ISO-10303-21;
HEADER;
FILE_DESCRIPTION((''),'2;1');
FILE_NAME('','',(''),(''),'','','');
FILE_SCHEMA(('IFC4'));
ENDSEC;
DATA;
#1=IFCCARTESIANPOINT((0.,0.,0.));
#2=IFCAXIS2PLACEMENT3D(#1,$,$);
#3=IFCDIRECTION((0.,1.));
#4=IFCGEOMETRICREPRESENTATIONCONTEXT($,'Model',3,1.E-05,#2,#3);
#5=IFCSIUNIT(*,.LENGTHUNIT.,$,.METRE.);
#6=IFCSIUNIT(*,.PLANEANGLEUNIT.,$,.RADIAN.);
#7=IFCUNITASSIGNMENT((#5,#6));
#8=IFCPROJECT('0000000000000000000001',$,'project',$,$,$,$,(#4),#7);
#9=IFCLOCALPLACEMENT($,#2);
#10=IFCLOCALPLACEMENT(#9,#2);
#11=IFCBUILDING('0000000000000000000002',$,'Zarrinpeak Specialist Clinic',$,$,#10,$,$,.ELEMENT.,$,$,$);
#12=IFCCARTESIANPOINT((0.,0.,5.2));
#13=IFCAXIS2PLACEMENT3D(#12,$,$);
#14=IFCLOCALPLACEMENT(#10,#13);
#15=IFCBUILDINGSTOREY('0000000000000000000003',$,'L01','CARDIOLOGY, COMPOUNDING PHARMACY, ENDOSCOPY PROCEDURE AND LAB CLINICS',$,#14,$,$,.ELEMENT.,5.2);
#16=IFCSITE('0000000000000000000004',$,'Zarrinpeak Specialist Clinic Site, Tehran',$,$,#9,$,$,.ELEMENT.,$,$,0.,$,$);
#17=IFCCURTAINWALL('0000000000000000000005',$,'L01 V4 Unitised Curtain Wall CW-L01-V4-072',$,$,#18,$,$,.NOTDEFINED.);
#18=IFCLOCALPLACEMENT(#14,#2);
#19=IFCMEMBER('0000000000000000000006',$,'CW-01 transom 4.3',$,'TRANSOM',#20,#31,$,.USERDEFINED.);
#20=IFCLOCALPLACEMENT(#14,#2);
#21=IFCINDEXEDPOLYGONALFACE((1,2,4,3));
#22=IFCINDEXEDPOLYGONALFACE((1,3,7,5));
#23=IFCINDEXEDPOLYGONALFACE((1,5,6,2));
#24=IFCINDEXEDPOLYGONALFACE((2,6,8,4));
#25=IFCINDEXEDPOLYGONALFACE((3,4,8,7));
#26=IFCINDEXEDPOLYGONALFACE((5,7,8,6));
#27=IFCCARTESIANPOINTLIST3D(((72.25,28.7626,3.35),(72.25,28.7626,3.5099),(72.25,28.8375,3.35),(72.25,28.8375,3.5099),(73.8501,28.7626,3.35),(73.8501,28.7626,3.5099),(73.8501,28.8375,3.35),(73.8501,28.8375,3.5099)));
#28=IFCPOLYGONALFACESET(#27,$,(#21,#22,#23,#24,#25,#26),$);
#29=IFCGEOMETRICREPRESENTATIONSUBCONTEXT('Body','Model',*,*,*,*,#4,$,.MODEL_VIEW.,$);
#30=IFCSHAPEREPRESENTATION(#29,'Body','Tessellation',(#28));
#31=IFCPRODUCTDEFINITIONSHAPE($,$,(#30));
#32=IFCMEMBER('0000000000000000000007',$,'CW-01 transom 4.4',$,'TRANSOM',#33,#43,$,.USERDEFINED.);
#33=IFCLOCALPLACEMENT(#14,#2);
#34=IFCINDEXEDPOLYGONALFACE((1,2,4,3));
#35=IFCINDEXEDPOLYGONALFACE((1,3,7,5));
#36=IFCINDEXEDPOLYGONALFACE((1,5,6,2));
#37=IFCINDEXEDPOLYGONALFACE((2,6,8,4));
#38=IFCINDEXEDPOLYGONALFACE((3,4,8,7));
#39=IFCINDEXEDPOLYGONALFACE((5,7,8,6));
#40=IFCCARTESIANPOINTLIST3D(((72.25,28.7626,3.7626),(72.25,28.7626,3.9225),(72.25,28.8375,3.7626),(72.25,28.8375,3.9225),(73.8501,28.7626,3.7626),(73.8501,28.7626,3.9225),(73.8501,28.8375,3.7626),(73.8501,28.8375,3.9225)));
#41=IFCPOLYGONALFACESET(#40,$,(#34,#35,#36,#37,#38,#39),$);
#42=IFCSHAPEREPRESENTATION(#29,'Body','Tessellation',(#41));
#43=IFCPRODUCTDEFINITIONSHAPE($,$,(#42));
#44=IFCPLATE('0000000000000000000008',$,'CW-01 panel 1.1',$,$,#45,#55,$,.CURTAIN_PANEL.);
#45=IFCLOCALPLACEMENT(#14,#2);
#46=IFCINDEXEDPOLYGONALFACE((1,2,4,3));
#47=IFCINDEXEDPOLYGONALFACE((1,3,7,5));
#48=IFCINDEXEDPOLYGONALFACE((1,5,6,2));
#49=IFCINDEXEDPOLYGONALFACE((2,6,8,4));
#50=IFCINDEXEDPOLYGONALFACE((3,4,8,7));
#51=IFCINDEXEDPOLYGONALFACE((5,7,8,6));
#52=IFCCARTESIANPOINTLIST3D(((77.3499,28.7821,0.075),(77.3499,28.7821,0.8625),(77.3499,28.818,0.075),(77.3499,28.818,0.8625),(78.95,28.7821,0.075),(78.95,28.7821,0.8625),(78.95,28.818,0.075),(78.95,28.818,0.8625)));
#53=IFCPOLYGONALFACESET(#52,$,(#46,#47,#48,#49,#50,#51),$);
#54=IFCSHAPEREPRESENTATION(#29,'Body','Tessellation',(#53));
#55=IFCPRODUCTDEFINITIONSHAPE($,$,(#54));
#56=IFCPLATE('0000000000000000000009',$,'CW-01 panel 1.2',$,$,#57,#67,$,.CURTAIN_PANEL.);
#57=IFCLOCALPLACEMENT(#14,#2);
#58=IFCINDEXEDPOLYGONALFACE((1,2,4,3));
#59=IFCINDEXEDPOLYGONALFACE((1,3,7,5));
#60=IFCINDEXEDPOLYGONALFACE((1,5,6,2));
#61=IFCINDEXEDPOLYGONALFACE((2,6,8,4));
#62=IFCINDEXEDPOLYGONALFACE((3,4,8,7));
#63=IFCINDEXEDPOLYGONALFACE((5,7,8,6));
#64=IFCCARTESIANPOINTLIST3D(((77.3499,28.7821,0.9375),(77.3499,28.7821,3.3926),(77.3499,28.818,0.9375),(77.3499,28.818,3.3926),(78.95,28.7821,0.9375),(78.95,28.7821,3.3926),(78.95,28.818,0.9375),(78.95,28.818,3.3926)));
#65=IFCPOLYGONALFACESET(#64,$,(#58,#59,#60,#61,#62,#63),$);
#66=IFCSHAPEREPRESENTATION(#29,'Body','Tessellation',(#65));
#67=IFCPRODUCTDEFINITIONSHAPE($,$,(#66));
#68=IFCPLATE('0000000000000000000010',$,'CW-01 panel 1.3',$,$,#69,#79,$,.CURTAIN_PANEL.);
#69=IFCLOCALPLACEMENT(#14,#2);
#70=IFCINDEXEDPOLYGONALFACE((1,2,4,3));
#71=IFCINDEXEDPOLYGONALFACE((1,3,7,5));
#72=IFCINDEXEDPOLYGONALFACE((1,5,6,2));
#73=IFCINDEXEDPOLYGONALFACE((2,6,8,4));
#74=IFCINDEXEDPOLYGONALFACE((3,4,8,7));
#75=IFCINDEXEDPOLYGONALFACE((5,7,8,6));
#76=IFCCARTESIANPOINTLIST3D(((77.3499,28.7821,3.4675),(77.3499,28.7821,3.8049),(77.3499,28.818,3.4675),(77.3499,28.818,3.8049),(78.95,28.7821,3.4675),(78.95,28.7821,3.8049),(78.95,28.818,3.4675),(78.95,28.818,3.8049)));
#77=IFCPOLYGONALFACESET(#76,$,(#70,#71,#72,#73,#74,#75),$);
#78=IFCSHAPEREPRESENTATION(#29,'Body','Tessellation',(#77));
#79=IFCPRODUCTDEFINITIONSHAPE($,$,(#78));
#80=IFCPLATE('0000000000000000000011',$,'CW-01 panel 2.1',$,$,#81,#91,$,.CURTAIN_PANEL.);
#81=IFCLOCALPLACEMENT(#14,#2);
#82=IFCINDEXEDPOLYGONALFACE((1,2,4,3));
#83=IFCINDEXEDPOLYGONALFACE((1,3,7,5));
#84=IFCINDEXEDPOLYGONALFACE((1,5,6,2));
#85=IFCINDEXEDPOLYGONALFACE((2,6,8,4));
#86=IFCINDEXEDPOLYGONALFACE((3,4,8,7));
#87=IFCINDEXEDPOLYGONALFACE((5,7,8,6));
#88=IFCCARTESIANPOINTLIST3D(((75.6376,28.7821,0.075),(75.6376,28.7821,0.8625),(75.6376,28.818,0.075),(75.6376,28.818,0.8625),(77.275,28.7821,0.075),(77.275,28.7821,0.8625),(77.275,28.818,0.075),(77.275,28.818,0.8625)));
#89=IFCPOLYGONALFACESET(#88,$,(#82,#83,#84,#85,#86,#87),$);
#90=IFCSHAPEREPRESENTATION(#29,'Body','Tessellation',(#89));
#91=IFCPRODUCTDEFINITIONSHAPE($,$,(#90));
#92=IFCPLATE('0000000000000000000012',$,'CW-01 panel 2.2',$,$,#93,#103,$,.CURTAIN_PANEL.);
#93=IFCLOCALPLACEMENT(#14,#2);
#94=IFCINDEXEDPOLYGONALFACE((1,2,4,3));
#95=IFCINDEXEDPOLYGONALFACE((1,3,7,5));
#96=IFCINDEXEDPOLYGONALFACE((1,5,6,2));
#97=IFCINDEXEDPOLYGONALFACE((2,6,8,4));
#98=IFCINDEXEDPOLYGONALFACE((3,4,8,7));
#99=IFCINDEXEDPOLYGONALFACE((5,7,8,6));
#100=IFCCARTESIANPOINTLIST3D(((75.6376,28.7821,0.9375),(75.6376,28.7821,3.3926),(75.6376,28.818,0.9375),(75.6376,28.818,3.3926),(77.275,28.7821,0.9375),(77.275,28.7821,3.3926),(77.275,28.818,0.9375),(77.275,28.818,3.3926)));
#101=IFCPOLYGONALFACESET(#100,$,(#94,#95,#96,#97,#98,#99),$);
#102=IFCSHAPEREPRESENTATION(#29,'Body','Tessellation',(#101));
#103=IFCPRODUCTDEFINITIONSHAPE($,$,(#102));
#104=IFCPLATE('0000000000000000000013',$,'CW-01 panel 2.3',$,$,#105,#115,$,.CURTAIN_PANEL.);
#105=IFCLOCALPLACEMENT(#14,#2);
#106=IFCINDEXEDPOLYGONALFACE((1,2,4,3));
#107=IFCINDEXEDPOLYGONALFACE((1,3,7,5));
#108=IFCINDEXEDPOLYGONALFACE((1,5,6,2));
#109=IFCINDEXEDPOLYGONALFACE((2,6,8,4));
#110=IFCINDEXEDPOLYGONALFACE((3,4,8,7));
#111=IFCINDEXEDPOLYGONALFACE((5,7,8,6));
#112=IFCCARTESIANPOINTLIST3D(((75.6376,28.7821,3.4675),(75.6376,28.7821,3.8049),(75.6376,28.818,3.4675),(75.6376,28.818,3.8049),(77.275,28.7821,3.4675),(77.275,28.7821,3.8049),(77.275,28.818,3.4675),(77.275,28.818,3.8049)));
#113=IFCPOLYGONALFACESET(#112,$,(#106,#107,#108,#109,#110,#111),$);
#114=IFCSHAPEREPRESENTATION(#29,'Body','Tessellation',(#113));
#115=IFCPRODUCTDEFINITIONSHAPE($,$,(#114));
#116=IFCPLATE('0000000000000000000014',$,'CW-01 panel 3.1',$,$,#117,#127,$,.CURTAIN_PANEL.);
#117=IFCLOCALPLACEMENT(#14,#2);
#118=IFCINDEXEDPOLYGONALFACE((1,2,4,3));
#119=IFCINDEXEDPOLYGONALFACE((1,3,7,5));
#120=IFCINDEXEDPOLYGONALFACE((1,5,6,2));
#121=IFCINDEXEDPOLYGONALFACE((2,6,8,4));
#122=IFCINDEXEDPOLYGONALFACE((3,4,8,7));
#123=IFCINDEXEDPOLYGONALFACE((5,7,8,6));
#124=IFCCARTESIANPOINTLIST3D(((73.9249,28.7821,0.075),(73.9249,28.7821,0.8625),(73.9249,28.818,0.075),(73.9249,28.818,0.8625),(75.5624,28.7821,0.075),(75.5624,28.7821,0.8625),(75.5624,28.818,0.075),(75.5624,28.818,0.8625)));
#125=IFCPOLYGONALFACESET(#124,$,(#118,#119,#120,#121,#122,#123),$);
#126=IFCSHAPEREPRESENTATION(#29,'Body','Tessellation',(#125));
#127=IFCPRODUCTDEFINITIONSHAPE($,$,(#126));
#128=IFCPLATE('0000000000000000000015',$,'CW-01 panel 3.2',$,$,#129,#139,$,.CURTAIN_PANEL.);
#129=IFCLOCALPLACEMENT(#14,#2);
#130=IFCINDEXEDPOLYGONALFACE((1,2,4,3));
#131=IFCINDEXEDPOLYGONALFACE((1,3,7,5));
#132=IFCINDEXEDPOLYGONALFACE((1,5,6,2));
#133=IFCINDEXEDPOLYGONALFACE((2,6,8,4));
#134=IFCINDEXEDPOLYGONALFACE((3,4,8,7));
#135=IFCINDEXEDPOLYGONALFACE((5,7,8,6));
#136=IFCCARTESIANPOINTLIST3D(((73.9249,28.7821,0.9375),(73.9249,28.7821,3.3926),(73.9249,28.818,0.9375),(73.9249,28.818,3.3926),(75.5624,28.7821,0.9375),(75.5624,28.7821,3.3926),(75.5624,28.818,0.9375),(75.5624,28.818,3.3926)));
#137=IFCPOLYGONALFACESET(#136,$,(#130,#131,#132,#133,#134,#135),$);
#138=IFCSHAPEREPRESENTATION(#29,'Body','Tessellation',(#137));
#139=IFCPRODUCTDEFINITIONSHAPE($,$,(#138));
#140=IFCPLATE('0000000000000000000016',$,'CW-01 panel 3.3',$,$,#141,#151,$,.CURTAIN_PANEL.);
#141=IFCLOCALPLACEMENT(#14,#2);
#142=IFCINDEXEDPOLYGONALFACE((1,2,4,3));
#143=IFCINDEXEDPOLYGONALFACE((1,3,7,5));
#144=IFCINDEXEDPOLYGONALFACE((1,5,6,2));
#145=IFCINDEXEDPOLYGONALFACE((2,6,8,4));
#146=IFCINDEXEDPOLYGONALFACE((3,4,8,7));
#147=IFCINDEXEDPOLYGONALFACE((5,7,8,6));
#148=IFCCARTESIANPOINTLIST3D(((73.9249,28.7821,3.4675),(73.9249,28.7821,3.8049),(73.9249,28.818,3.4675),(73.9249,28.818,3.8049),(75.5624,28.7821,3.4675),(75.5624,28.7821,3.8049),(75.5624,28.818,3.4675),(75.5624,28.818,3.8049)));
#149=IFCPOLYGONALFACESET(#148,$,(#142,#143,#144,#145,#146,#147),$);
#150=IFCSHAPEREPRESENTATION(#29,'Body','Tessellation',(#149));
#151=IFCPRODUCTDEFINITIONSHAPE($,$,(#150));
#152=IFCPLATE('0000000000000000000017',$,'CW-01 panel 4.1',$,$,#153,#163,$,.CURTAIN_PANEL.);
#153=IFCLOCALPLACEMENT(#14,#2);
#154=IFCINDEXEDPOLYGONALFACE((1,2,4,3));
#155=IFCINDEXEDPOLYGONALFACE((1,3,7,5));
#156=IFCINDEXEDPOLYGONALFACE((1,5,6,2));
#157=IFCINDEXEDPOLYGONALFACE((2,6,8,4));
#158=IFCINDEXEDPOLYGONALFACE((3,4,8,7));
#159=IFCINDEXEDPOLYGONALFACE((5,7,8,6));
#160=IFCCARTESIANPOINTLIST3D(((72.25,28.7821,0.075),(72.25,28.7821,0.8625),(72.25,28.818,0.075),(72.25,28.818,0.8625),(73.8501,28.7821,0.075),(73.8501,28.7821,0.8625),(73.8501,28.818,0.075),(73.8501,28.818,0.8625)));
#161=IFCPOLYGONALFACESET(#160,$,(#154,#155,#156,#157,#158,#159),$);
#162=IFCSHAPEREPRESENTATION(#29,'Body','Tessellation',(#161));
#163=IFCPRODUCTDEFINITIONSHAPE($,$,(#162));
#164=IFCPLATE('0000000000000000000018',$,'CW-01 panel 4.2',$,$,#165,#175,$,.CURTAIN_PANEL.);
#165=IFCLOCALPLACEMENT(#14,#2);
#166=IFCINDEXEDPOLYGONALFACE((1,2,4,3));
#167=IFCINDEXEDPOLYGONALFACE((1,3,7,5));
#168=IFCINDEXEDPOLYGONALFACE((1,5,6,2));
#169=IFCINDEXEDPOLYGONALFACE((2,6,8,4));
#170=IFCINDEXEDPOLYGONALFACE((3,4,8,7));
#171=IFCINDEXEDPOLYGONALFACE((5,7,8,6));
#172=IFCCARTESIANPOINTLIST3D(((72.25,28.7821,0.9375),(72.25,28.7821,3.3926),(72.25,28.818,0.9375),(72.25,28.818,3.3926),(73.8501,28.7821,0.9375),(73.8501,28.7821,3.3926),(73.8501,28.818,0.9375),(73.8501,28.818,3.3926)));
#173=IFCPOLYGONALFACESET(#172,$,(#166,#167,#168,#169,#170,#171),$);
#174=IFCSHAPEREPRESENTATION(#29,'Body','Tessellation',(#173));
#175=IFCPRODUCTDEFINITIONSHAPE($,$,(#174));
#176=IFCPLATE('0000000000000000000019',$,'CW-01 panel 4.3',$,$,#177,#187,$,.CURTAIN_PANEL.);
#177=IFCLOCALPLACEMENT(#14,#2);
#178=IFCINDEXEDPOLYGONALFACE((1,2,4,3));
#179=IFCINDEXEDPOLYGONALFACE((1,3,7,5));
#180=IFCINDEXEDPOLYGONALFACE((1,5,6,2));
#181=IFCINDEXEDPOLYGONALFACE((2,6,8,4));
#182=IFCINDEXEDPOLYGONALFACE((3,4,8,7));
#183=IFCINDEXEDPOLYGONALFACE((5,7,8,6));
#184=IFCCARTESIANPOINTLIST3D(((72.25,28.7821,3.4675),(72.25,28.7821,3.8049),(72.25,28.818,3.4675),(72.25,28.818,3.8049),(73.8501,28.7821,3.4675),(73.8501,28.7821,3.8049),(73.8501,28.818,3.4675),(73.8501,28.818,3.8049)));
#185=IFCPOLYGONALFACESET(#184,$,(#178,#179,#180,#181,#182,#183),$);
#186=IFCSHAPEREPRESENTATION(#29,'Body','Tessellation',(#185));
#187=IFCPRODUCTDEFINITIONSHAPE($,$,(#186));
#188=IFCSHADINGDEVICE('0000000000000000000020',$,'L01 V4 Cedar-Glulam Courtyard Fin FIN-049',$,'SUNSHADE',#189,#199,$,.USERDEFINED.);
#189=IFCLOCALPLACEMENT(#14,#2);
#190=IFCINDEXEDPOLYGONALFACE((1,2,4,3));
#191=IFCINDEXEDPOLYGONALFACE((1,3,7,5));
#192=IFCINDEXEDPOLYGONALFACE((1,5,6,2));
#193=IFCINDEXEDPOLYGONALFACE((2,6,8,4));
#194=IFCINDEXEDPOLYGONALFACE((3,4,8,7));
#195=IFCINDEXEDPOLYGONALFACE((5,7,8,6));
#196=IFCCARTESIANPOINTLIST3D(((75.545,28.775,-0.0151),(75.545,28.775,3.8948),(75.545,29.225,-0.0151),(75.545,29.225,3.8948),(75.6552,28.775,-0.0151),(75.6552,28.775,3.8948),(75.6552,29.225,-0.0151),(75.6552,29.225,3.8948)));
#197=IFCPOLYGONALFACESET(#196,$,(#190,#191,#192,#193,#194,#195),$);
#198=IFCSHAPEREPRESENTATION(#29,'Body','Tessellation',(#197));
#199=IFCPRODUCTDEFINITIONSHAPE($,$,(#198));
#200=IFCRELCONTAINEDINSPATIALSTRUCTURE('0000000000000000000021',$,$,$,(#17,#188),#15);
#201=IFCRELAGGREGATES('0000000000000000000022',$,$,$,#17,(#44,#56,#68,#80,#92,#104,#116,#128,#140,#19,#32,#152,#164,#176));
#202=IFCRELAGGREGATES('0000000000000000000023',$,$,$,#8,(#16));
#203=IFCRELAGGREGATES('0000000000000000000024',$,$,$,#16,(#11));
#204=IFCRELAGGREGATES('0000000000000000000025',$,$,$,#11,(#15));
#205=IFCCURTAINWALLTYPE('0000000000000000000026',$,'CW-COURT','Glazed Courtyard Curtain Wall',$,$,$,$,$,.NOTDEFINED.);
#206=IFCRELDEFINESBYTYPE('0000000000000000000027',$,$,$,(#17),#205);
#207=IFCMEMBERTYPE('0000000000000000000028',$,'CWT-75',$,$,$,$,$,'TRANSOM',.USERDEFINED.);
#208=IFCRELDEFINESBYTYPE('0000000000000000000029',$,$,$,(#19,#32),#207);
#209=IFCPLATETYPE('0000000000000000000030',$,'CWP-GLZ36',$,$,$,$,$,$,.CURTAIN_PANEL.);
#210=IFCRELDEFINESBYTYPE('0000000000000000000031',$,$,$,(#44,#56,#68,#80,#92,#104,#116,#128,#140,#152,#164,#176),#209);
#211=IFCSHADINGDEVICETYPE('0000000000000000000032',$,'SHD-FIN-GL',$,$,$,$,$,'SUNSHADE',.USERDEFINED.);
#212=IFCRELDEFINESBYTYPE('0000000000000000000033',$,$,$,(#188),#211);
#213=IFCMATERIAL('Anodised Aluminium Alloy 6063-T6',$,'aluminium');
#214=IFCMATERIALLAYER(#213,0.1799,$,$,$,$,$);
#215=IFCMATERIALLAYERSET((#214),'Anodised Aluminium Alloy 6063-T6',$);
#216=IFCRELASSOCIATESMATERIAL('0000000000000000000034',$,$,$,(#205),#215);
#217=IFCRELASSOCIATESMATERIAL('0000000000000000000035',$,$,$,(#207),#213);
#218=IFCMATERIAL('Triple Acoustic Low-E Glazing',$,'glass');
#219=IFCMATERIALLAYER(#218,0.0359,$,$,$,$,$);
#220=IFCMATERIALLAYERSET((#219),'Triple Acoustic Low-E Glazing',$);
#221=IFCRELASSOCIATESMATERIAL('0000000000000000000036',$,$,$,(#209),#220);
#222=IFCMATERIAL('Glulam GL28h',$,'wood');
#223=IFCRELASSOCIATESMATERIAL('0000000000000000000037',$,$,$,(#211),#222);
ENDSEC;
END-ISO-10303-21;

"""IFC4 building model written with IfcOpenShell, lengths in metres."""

from ifc_helpers import new_model, si_unit, direction, frame, origin, origin_2d, place, context, subcontext, project, spatial, rectangle, extrude, material, layer, layer_set, material_profile, profile_set, type_object, element, aggregate, save


model = new_model("IFC4")

# Units and contexts
model_context = context("Model", 3, precision=1e-05, world=origin(), true_north=direction((0.0, 1.0)))
body_context = subcontext(model_context, "Body", "Model", "MODEL_VIEW")
ifc_project = project(units=[si_unit("LENGTHUNIT", "METRE"), si_unit("PLANEANGLEUNIT", "RADIAN")], contexts=[model_context])

# Site, building, storey
site_placement = place(None, origin())
site = spatial("IfcSite", under=ifc_project, at=site_placement, Name="Zarrinpeak Specialist Clinic Site, Tehran", CompositionType="ELEMENT", RefElevation=0.0)
building_placement = place(site_placement, origin())
building = spatial("IfcBuilding", under=site, at=building_placement, Name="Zarrinpeak Specialist Clinic", CompositionType="ELEMENT")
storey_placement = place(building_placement, frame((0.0, 0.0, 5.2)))
storey = spatial("IfcBuildingStorey", under=building, at=storey_placement, Name="L01", Description="CARDIOLOGY, COMPOUNDING PHARMACY, ENDOSCOPY PROCEDURE AND LAB CLINICS", CompositionType="ELEMENT", Elevation=5.2)

# Curtain wall, members, plates
ifc_material_1 = material(Name="Anodised Aluminium Alloy 6063-T6", Category="aluminium")
ifc_layer_1 = layer(ifc_material_1, 0.1799)
ifc_layer_set_1 = layer_set([ifc_layer_1], Name="Anodised Aluminium Alloy 6063-T6")
curtain_wall_type = type_object("IfcCurtainWallType", Name="CW-COURT", Description="Glazed Courtyard Curtain Wall", PredefinedType="NOTDEFINED", material=ifc_layer_set_1)
curtain_wall_placement = place(storey_placement, origin())
curtain_wall = element("IfcCurtainWall", 1, at=curtain_wall_placement, inside=storey, type_object=curtain_wall_type, Name="L01 V4 Unitised Curtain Wall CW-L01-V4-072", PredefinedType="NOTDEFINED")
ifc_material_profile_1 = material_profile(ifc_material_1, rectangle(XDim=0.075, YDim=0.1599, at=origin_2d()), Name="ALU 75x160")
ifc_profile_set_1 = profile_set([ifc_material_profile_1], Name="Anodised Aluminium Alloy 6063-T6")
member_type_1 = type_object("IfcMemberType", Name="CWT-75", ElementType="TRANSOM", PredefinedType="USERDEFINED", material=ifc_profile_set_1)
member_1_placement = place(storey_placement, frame((73.8501, 28.8, 3.4299), z_axis=(-1.0, 0.0, 0.0), x_axis=(0.0, -1.0, 0.0)))
member_1 = element("IfcMember", 2, at=member_1_placement, type_object=member_type_1, Name="CW-01 transom 4.3", ObjectType="TRANSOM", PredefinedType="USERDEFINED", context=body_context, shape_type="SweptSolid", body=[
    extrude(rectangle(XDim=0.075, YDim=0.1599, at=origin_2d()), origin(), (0.0, 0.0, 1.0), 1.6001),
])
member_2_placement = place(storey_placement, frame((73.8501, 28.8, 3.8425), z_axis=(-1.0, 0.0, 0.0), x_axis=(0.0, -1.0, 0.0)))
member_2 = element("IfcMember", 3, at=member_2_placement, type_object=member_type_1, Name="CW-01 transom 4.4", ObjectType="TRANSOM", PredefinedType="USERDEFINED", context=body_context, shape_type="SweptSolid", body=[
    extrude(rectangle(XDim=0.075, YDim=0.1599, at=origin_2d()), origin(), (0.0, 0.0, 1.0), 1.6001),
])
ifc_material_2 = material(Name="Triple Acoustic Low-E Glazing", Category="glass")
ifc_layer_2 = layer(ifc_material_2, 0.0359)
ifc_layer_set_2 = layer_set([ifc_layer_2], Name="Triple Acoustic Low-E Glazing")
plate_type = type_object("IfcPlateType", Name="CWP-GLZ36", PredefinedType="CURTAIN_PANEL", material=ifc_layer_set_2)
plate_1_placement = place(storey_placement, frame((78.1499, 28.8, 0.075), z_axis=(0.0, 0.0, 1.0), x_axis=(-1.0, 0.0, 0.0)))
plate_1 = element("IfcPlate", 4, at=plate_1_placement, type_object=plate_type, Name="CW-01 panel 1.1", PredefinedType="CURTAIN_PANEL", context=body_context, shape_type="SweptSolid", body=[
    extrude(rectangle(XDim=1.6001, YDim=0.0359, at=origin_2d()), origin(), (0.0, 0.0, 1.0), 0.7876),
])
plate_2_placement = place(storey_placement, frame((78.1499, 28.8, 0.9375), z_axis=(0.0, 0.0, 1.0), x_axis=(-1.0, 0.0, 0.0)))
plate_2 = element("IfcPlate", 5, at=plate_2_placement, type_object=plate_type, Name="CW-01 panel 1.2", PredefinedType="CURTAIN_PANEL", context=body_context, shape_type="SweptSolid", body=[
    extrude(rectangle(XDim=1.6001, YDim=0.0359, at=origin_2d()), origin(), (0.0, 0.0, 1.0), 2.4551),
])
plate_3_placement = place(storey_placement, frame((78.1499, 28.8, 3.4675), z_axis=(0.0, 0.0, 1.0), x_axis=(-1.0, 0.0, 0.0)))
plate_3 = element("IfcPlate", 6, at=plate_3_placement, type_object=plate_type, Name="CW-01 panel 1.3", PredefinedType="CURTAIN_PANEL", context=body_context, shape_type="SweptSolid", body=[
    extrude(rectangle(XDim=1.6001, YDim=0.0359, at=origin_2d()), origin(), (0.0, 0.0, 1.0), 0.3374),
])
plate_4_placement = place(storey_placement, frame((76.4563, 28.8, 0.075), z_axis=(0.0, 0.0, 1.0), x_axis=(-1.0, 0.0, 0.0)))
plate_4 = element("IfcPlate", 7, at=plate_4_placement, type_object=plate_type, Name="CW-01 panel 2.1", PredefinedType="CURTAIN_PANEL", context=body_context, shape_type="SweptSolid", body=[
    extrude(rectangle(XDim=1.6375, YDim=0.0359, at=origin_2d()), origin(), (0.0, 0.0, 1.0), 0.7876),
])
plate_5_placement = place(storey_placement, frame((76.4563, 28.8, 0.9375), z_axis=(0.0, 0.0, 1.0), x_axis=(-1.0, 0.0, 0.0)))
plate_5 = element("IfcPlate", 8, at=plate_5_placement, type_object=plate_type, Name="CW-01 panel 2.2", PredefinedType="CURTAIN_PANEL", context=body_context, shape_type="SweptSolid", body=[
    extrude(rectangle(XDim=1.6375, YDim=0.0359, at=origin_2d()), origin(), (0.0, 0.0, 1.0), 2.4551),
])
plate_6_placement = place(storey_placement, frame((76.4563, 28.8, 3.4675), z_axis=(0.0, 0.0, 1.0), x_axis=(-1.0, 0.0, 0.0)))
plate_6 = element("IfcPlate", 9, at=plate_6_placement, type_object=plate_type, Name="CW-01 panel 2.3", PredefinedType="CURTAIN_PANEL", context=body_context, shape_type="SweptSolid", body=[
    extrude(rectangle(XDim=1.6375, YDim=0.0359, at=origin_2d()), origin(), (0.0, 0.0, 1.0), 0.3374),
])
plate_7_placement = place(storey_placement, frame((74.7437, 28.8, 0.075), z_axis=(0.0, 0.0, 1.0), x_axis=(-1.0, 0.0, 0.0)))
plate_7 = element("IfcPlate", 10, at=plate_7_placement, type_object=plate_type, Name="CW-01 panel 3.1", PredefinedType="CURTAIN_PANEL", context=body_context, shape_type="SweptSolid", body=[
    extrude(rectangle(XDim=1.6375, YDim=0.0359, at=origin_2d()), origin(), (0.0, 0.0, 1.0), 0.7876),
])
plate_8_placement = place(storey_placement, frame((74.7437, 28.8, 0.9375), z_axis=(0.0, 0.0, 1.0), x_axis=(-1.0, 0.0, 0.0)))
plate_8 = element("IfcPlate", 11, at=plate_8_placement, type_object=plate_type, Name="CW-01 panel 3.2", PredefinedType="CURTAIN_PANEL", context=body_context, shape_type="SweptSolid", body=[
    extrude(rectangle(XDim=1.6375, YDim=0.0359, at=origin_2d()), origin(), (0.0, 0.0, 1.0), 2.4551),
])
plate_9_placement = place(storey_placement, frame((74.7437, 28.8, 3.4675), z_axis=(0.0, 0.0, 1.0), x_axis=(-1.0, 0.0, 0.0)))
plate_9 = element("IfcPlate", 12, at=plate_9_placement, type_object=plate_type, Name="CW-01 panel 3.3", PredefinedType="CURTAIN_PANEL", context=body_context, shape_type="SweptSolid", body=[
    extrude(rectangle(XDim=1.6375, YDim=0.0359, at=origin_2d()), origin(), (0.0, 0.0, 1.0), 0.3374),
])
plate_10_placement = place(storey_placement, frame((73.05, 28.8, 0.075), z_axis=(0.0, 0.0, 1.0), x_axis=(-1.0, 0.0, 0.0)))
plate_10 = element("IfcPlate", 13, at=plate_10_placement, type_object=plate_type, Name="CW-01 panel 4.1", PredefinedType="CURTAIN_PANEL", context=body_context, shape_type="SweptSolid", body=[
    extrude(rectangle(XDim=1.6001, YDim=0.0359, at=origin_2d()), origin(), (0.0, 0.0, 1.0), 0.7876),
])
plate_11_placement = place(storey_placement, frame((73.05, 28.8, 0.9375), z_axis=(0.0, 0.0, 1.0), x_axis=(-1.0, 0.0, 0.0)))
plate_11 = element("IfcPlate", 14, at=plate_11_placement, type_object=plate_type, Name="CW-01 panel 4.2", PredefinedType="CURTAIN_PANEL", context=body_context, shape_type="SweptSolid", body=[
    extrude(rectangle(XDim=1.6001, YDim=0.0359, at=origin_2d()), origin(), (0.0, 0.0, 1.0), 2.4551),
])
plate_12_placement = place(storey_placement, frame((73.05, 28.8, 3.4675), z_axis=(0.0, 0.0, 1.0), x_axis=(-1.0, 0.0, 0.0)))
plate_12 = element("IfcPlate", 15, at=plate_12_placement, type_object=plate_type, Name="CW-01 panel 4.3", PredefinedType="CURTAIN_PANEL", context=body_context, shape_type="SweptSolid", body=[
    extrude(rectangle(XDim=1.6001, YDim=0.0359, at=origin_2d()), origin(), (0.0, 0.0, 1.0), 0.3374),
])
aggregate(curtain_wall, [plate_1, plate_2, plate_3, plate_4, plate_5, plate_6, plate_7, plate_8, plate_9, member_1, member_2, plate_10, plate_11, plate_12])

# Shading device
ifc_material_3 = material(Name="Glulam GL28h", Category="wood")
shading_device_type = type_object("IfcShadingDeviceType", Name="SHD-FIN-GL", ElementType="SUNSHADE", PredefinedType="USERDEFINED", material=ifc_material_3)
shading_device_placement = place(storey_placement, frame((75.6001, 29.0, -0.0151), z_axis=(0.0, 0.0, 1.0), x_axis=(1.0, 0.0, 0.0)))
element("IfcShadingDevice", 16, at=shading_device_placement, inside=storey, type_object=shading_device_type, Name="L01 V4 Cedar-Glulam Courtyard Fin FIN-049", ObjectType="SUNSHADE", PredefinedType="USERDEFINED", context=body_context, shape_type="SweptSolid", body=[
    extrude(rectangle(XDim=0.1101, YDim=0.45, at=origin_2d()), origin(), (0.0, 0.0, 1.0), 3.9099),
])

save(model, "model.ifc")
